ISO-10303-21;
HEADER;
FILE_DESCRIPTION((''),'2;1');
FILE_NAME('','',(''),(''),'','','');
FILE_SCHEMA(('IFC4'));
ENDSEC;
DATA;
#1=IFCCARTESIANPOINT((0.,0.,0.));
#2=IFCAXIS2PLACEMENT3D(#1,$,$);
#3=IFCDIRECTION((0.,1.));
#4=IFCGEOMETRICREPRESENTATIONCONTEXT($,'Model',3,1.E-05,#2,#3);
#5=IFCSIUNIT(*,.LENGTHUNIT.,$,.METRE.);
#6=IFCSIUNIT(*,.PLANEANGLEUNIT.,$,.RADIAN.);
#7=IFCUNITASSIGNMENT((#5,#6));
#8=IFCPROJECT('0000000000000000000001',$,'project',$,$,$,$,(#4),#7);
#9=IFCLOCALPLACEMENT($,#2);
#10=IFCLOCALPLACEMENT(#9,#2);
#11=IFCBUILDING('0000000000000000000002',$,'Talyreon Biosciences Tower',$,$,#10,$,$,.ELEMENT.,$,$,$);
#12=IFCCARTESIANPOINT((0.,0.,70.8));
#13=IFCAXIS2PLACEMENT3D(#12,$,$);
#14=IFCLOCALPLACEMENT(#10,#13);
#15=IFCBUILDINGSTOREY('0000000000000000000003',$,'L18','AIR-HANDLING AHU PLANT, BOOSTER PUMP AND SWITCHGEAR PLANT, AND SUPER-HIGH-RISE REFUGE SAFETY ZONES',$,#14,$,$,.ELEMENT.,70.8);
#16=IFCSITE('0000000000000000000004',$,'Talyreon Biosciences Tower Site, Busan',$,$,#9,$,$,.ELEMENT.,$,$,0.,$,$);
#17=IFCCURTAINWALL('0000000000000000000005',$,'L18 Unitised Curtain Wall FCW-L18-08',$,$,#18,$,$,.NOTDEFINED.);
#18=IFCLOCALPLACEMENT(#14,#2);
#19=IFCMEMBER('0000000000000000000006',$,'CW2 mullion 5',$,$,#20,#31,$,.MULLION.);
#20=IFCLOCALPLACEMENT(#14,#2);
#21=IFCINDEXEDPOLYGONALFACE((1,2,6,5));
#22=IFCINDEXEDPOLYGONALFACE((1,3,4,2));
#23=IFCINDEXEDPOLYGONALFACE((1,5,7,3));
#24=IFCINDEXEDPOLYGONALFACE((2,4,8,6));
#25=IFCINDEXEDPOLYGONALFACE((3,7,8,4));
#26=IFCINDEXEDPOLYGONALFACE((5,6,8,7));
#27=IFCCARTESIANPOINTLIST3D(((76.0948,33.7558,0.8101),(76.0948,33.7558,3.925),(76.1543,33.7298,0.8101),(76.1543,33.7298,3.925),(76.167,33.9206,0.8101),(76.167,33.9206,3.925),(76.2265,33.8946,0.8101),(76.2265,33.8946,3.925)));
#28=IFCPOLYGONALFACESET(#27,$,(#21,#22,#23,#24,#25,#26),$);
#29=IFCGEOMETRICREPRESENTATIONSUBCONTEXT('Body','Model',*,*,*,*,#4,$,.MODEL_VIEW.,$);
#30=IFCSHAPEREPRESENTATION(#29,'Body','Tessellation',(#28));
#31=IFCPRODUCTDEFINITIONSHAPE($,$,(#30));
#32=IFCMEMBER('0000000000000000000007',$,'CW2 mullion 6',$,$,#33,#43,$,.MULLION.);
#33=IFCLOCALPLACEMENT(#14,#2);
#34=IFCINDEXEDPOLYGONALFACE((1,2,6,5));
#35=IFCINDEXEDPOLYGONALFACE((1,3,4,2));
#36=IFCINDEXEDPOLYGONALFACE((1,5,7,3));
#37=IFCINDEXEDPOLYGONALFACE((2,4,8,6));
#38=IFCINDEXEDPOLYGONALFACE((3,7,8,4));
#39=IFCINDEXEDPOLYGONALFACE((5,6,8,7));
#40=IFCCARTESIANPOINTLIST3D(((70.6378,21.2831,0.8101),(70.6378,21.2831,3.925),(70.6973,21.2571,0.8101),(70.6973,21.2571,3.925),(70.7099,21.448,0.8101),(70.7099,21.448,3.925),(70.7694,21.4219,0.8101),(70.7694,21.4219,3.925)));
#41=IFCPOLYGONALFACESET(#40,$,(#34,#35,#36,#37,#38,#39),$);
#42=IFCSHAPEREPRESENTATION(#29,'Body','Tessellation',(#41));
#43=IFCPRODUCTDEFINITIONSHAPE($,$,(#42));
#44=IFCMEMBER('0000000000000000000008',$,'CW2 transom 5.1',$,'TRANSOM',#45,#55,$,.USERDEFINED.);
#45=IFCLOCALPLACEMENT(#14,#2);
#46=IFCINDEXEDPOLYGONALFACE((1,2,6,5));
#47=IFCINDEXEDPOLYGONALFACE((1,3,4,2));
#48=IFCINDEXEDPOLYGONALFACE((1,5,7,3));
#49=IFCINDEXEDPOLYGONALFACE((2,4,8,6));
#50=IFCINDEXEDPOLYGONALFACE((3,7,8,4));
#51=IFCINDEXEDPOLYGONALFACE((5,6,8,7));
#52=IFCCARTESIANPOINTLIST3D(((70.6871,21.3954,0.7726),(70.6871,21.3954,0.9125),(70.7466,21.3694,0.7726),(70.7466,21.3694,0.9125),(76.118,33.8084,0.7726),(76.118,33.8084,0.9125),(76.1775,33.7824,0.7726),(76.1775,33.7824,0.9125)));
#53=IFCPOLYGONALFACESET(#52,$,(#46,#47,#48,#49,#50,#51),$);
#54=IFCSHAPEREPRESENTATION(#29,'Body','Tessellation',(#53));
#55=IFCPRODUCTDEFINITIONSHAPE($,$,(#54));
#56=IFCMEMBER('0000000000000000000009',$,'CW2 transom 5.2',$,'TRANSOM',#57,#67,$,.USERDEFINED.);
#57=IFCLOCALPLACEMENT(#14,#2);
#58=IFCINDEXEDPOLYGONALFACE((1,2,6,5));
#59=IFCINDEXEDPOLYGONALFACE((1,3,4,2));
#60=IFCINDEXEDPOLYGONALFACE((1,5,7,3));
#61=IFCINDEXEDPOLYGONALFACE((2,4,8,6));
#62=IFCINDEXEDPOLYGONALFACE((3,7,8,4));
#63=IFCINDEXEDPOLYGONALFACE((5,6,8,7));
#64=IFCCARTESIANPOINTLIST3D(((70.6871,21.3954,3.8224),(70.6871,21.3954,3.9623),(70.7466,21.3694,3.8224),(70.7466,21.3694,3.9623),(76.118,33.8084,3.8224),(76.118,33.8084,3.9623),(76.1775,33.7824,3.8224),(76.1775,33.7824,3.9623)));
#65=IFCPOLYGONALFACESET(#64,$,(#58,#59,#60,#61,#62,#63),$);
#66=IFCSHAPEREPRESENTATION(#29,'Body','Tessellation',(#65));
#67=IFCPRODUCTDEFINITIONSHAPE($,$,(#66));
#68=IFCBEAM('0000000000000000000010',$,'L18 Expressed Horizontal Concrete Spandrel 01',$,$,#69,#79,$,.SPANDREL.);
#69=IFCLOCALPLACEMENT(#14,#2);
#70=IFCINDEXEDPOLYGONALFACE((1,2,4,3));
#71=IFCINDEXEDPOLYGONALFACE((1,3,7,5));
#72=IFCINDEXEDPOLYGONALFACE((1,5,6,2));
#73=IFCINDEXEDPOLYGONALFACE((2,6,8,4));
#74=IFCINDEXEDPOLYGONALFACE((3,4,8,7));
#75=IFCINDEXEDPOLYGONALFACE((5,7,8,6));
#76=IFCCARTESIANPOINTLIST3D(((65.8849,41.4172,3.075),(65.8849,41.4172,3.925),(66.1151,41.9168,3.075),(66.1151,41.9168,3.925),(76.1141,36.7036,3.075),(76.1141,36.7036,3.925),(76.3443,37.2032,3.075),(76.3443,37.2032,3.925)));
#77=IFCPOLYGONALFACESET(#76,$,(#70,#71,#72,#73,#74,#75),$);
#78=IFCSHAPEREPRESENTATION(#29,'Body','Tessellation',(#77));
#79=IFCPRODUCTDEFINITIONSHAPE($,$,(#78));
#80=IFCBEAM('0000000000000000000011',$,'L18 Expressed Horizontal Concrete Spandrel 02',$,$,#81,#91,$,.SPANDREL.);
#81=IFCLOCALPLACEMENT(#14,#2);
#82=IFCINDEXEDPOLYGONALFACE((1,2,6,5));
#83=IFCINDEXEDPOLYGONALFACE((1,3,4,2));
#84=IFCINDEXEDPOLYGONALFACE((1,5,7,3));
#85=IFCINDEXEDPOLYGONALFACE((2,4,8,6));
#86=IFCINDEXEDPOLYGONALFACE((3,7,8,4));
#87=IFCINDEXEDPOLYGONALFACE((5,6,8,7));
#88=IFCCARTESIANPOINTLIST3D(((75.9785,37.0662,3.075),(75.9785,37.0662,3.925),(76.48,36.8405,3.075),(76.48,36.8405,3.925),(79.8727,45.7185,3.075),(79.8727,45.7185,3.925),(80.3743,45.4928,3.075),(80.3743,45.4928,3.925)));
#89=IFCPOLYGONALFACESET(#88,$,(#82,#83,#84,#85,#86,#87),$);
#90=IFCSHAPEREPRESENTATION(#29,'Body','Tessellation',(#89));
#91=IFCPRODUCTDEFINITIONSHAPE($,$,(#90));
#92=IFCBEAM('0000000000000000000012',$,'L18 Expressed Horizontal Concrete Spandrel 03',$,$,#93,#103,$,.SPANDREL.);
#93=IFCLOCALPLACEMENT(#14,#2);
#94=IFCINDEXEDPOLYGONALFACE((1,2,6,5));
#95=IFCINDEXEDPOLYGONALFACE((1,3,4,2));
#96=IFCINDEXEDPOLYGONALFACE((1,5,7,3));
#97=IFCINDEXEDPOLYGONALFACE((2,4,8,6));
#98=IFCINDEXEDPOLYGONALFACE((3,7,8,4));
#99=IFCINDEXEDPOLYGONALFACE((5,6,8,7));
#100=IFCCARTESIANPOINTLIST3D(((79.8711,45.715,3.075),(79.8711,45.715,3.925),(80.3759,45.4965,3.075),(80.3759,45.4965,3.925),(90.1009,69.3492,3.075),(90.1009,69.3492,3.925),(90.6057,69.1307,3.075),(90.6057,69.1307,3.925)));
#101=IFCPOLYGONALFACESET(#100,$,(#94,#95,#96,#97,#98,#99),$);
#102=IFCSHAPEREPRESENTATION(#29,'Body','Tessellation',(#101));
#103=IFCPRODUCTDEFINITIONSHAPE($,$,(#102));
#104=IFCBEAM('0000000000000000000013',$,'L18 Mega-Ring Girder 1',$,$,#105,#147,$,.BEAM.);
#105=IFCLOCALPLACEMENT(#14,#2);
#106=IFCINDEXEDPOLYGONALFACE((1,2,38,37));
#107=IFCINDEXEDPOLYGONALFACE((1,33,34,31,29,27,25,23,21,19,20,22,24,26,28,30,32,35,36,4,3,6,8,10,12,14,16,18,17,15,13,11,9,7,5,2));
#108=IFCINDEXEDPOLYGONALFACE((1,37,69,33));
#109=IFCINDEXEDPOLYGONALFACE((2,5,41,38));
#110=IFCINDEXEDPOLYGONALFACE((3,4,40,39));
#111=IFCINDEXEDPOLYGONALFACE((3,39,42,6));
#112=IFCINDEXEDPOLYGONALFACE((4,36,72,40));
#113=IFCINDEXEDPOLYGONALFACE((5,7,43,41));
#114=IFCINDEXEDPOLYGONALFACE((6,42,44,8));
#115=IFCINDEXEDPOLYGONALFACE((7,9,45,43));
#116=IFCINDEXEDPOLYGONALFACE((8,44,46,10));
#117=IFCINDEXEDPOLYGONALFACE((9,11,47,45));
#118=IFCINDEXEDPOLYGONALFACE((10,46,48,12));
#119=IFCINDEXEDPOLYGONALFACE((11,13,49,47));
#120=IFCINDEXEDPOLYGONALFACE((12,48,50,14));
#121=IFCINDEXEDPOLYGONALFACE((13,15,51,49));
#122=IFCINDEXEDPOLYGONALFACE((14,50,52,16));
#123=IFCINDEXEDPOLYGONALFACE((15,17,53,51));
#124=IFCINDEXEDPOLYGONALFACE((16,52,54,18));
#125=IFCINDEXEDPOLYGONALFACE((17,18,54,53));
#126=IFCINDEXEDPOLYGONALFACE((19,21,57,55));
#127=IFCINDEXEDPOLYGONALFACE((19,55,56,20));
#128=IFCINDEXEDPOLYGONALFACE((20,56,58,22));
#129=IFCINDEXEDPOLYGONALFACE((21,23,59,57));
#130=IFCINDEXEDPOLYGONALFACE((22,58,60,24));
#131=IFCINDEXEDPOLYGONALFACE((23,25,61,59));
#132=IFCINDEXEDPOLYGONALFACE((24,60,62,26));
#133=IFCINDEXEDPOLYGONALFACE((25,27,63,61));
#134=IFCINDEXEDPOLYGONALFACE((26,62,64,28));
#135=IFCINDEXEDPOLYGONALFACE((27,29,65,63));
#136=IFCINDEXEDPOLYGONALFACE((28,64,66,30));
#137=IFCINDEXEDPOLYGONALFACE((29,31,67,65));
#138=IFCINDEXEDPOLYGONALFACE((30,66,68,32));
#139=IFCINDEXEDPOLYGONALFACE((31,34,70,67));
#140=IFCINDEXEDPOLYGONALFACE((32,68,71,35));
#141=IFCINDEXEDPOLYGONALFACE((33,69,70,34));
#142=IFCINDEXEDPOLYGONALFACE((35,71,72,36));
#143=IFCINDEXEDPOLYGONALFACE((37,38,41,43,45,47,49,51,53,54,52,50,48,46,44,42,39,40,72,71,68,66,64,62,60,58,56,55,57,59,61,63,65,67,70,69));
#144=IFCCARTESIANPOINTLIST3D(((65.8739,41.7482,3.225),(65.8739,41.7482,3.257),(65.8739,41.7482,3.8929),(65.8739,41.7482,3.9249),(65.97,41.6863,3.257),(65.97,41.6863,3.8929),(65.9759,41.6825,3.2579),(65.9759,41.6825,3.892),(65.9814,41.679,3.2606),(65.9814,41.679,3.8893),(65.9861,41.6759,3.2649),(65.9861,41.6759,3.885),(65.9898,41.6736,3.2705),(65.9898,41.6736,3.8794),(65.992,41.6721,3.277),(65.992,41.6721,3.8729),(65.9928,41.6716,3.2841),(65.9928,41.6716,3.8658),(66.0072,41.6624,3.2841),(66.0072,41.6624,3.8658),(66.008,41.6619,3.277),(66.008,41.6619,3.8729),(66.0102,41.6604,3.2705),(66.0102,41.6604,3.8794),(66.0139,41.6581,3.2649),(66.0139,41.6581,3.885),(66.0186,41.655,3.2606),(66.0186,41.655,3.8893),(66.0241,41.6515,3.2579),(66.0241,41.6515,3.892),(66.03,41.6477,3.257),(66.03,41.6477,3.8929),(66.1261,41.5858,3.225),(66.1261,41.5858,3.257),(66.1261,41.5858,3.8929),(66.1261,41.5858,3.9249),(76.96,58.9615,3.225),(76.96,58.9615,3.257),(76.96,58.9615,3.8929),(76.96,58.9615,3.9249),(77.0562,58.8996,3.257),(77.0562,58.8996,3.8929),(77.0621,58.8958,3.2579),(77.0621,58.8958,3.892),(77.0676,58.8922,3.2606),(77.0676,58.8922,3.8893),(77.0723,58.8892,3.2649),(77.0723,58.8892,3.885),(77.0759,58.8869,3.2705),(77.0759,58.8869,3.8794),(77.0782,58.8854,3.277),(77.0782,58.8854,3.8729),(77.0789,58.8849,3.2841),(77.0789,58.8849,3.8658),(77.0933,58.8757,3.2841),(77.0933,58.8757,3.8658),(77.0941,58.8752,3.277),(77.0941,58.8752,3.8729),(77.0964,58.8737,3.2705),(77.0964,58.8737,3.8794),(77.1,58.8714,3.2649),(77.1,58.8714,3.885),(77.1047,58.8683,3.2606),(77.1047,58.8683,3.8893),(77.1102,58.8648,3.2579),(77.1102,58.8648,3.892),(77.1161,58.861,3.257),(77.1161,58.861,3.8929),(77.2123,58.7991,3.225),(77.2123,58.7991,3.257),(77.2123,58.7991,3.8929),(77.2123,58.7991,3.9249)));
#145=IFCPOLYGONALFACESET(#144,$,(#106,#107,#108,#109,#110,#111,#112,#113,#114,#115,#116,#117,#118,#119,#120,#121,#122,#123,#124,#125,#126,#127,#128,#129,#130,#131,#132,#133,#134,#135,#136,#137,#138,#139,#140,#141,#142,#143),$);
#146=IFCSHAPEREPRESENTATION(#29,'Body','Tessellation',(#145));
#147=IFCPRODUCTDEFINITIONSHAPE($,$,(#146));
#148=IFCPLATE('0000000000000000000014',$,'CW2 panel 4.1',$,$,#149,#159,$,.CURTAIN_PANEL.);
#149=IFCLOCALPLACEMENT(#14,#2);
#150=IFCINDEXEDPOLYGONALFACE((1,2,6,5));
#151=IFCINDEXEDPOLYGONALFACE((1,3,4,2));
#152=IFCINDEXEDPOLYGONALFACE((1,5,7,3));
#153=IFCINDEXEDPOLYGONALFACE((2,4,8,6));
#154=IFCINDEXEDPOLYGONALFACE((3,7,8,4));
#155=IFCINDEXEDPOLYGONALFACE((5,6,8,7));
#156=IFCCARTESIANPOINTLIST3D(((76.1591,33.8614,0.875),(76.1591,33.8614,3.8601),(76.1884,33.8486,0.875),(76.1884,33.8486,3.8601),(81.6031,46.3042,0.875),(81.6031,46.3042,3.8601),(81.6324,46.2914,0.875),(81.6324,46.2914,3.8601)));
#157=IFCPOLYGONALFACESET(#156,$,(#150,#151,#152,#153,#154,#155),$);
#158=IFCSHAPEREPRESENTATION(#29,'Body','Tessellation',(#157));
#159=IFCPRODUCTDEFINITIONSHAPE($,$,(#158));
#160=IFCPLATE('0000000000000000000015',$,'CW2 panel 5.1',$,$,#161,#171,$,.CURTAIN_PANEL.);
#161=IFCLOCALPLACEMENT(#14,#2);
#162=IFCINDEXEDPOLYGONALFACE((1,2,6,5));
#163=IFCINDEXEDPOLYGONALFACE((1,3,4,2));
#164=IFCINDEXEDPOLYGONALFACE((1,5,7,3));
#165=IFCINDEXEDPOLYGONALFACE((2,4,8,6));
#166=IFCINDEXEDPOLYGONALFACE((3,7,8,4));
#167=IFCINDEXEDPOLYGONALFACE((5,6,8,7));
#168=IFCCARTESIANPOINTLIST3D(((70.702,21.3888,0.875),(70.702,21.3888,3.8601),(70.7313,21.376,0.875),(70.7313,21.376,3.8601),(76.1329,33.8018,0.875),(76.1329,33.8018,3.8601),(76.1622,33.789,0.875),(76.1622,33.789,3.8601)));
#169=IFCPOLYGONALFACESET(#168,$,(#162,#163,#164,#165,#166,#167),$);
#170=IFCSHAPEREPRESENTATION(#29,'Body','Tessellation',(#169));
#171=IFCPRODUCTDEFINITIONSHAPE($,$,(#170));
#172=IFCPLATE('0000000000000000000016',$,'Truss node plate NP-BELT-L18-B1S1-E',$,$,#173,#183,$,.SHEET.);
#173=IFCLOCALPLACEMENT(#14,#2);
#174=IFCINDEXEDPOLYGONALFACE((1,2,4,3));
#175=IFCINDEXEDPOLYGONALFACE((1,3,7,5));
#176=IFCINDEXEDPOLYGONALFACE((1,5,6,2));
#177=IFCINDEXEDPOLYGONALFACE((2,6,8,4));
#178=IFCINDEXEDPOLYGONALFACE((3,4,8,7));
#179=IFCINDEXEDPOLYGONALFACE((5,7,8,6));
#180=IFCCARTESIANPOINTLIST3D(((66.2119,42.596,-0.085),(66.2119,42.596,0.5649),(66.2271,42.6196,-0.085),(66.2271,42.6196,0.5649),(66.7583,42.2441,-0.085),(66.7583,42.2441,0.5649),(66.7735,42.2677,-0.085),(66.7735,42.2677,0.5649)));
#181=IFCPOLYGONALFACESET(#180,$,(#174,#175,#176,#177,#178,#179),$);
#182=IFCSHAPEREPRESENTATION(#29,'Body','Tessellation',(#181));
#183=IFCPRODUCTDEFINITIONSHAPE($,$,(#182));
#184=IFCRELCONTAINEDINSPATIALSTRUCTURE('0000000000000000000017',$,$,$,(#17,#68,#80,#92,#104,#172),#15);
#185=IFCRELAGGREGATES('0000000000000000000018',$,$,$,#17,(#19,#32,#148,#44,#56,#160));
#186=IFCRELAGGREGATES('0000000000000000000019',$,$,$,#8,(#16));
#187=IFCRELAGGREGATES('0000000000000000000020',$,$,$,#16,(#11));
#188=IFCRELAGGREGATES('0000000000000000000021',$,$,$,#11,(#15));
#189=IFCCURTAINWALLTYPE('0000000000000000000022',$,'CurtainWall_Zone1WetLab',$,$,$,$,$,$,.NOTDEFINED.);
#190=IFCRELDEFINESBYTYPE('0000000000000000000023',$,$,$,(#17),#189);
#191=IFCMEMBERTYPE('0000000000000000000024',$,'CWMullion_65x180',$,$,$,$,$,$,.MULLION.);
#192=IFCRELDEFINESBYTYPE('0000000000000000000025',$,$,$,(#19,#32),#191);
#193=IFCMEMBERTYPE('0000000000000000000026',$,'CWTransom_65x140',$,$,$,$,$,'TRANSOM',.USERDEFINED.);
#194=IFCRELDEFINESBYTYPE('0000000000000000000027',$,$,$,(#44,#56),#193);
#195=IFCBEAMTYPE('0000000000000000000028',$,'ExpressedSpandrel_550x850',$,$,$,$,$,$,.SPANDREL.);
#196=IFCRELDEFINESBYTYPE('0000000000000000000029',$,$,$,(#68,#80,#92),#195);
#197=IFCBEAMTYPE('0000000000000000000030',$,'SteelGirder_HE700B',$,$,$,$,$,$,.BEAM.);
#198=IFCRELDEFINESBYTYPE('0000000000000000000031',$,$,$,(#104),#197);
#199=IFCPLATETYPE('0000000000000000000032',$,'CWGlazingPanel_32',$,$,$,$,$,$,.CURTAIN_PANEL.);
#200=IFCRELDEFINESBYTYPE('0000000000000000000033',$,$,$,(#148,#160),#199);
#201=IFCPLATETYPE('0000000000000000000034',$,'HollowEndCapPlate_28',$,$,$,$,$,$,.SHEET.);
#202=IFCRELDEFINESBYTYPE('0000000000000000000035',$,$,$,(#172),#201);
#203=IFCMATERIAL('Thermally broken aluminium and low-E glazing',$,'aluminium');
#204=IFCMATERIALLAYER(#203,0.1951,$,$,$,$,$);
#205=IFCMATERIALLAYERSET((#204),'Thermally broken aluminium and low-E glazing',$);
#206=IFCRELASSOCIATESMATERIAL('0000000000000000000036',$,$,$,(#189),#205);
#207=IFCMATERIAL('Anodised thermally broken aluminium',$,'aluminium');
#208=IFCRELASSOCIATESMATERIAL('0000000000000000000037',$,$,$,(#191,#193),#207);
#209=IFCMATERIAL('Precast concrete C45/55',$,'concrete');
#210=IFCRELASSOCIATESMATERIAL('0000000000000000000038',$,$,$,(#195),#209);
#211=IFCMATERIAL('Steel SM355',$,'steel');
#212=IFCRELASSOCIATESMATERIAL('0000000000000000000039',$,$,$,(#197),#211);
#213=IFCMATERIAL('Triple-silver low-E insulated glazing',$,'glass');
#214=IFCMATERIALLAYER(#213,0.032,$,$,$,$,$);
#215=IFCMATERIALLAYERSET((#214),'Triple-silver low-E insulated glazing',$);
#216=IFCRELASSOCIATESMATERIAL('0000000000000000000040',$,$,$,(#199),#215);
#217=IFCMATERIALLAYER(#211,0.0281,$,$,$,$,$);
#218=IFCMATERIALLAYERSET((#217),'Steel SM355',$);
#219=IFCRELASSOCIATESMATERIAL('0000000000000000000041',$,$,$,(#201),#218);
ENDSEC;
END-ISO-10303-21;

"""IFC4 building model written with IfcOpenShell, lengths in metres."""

from ifc_helpers import new_model, si_unit, direction, frame, origin, origin_2d, place, context, subcontext, project, spatial, rectangle, i_section, extrude, material, layer, layer_set, material_profile, profile_set, type_object, element, aggregate, save


model = new_model("IFC4")

# Units and contexts
model_context = context("Model", 3, precision=1e-05, world=origin(), true_north=direction((0.0, 1.0)))
body_context = subcontext(model_context, "Body", "Model", "MODEL_VIEW")
ifc_project = project(units=[si_unit("LENGTHUNIT", "METRE"), si_unit("PLANEANGLEUNIT", "RADIAN")], contexts=[model_context])

# Site, building, storey
site_placement = place(None, origin())
site = spatial("IfcSite", under=ifc_project, at=site_placement, Name="Talyreon Biosciences Tower Site, Busan", CompositionType="ELEMENT", RefElevation=0.0)
building_placement = place(site_placement, origin())
building = spatial("IfcBuilding", under=site, at=building_placement, Name="Talyreon Biosciences Tower", CompositionType="ELEMENT")
storey_placement = place(building_placement, frame((0.0, 0.0, 70.8)))
storey = spatial("IfcBuildingStorey", under=building, at=storey_placement, Name="L18", Description="AIR-HANDLING AHU PLANT, BOOSTER PUMP AND SWITCHGEAR PLANT, AND SUPER-HIGH-RISE REFUGE SAFETY ZONES", CompositionType="ELEMENT", Elevation=70.8)

# Shared definitions
ifc_material_1 = material(Name="Precast concrete C45/55", Category="concrete")

# Shared definitions
ifc_material_2 = material(Name="Steel SM355", Category="steel")

# Curtain wall, members
ifc_material_3 = material(Name="Thermally broken aluminium and low-E glazing", Category="aluminium")
ifc_layer_1 = layer(ifc_material_3, 0.1951)
ifc_layer_set_1 = layer_set([ifc_layer_1], Name="Thermally broken aluminium and low-E glazing")
curtain_wall_type = type_object("IfcCurtainWallType", Name="CurtainWall_Zone1WetLab", PredefinedType="NOTDEFINED", material=ifc_layer_set_1)
curtain_wall_placement = place(storey_placement, origin())
curtain_wall = element("IfcCurtainWall", 1, at=curtain_wall_placement, inside=storey, type_object=curtain_wall_type, Name="L18 Unitised Curtain Wall FCW-L18-08", PredefinedType="NOTDEFINED")
ifc_material_4 = material(Name="Anodised thermally broken aluminium", Category="aluminium")
ifc_material_profile_1 = material_profile(ifc_material_4, rectangle(XDim=0.0649, YDim=0.1799, at=origin_2d()), Name="ALUM MULLION 65x180")
ifc_profile_set_1 = profile_set([ifc_material_profile_1], Name="Anodised thermally broken aluminium")
member_type_1 = type_object("IfcMemberType", Name="CWMullion_65x180", PredefinedType="MULLION", material=ifc_profile_set_1)
member_1_placement = place(storey_placement, frame((76.1606, 33.8252, 0.8101), z_axis=(0.0, 0.0, 1.0), x_axis=(0.916152, -0.400831, 0.0)))
member_1 = element("IfcMember", 2, at=member_1_placement, type_object=member_type_1, Name="CW2 mullion 5", PredefinedType="MULLION", context=body_context, shape_type="SweptSolid", body=[
    extrude(rectangle(XDim=0.0649, YDim=0.1799, at=origin_2d()), origin(), (0.0, 0.0, 1.0), 3.115),
])
member_2_placement = place(storey_placement, frame((70.7036, 21.3525, 0.8101), z_axis=(0.0, 0.0, 1.0), x_axis=(0.916152, -0.400831, 0.0)))
member_2 = element("IfcMember", 3, at=member_2_placement, type_object=member_type_1, Name="CW2 mullion 6", PredefinedType="MULLION", context=body_context, shape_type="SweptSolid", body=[
    extrude(rectangle(XDim=0.0649, YDim=0.1799, at=origin_2d()), origin(), (0.0, 0.0, 1.0), 3.115),
])
ifc_material_profile_2 = material_profile(ifc_material_4, rectangle(XDim=0.0649, YDim=0.1399, at=origin_2d()), Name="ALUM TRANSOM 65x140")
ifc_profile_set_2 = profile_set([ifc_material_profile_2], Name="Anodised thermally broken aluminium")
member_type_2 = type_object("IfcMemberType", Name="CWTransom_65x140", ElementType="TRANSOM", PredefinedType="USERDEFINED", material=ifc_profile_set_2)
member_3_placement = place(storey_placement, frame((76.1477, 33.7954, 0.8425), z_axis=(-0.40083, -0.916152, 0.0), x_axis=(0.916152, -0.40083, 0.0)))
member_3 = element("IfcMember", 4, at=member_3_placement, type_object=member_type_2, Name="CW2 transom 5.1", ObjectType="TRANSOM", PredefinedType="USERDEFINED", context=body_context, shape_type="SweptSolid", body=[
    extrude(rectangle(XDim=0.0649, YDim=0.1399, at=origin_2d()), origin(), (0.0, 0.0, 1.0), 13.5491),
])
member_4_placement = place(storey_placement, frame((76.1477, 33.7954, 3.8923), z_axis=(-0.40083, -0.916152, 0.0), x_axis=(0.916152, -0.40083, 0.0)))
member_4 = element("IfcMember", 5, at=member_4_placement, type_object=member_type_2, Name="CW2 transom 5.2", ObjectType="TRANSOM", PredefinedType="USERDEFINED", context=body_context, shape_type="SweptSolid", body=[
    extrude(rectangle(XDim=0.0649, YDim=0.1399, at=origin_2d()), origin(), (0.0, 0.0, 1.0), 13.5491),
])

# Beams
ifc_material_profile_3 = material_profile(ifc_material_1, rectangle(XDim=0.55, YDim=0.8501, at=origin_2d()), Name="RCB 550x850")
ifc_profile_set_3 = profile_set([ifc_material_profile_3], Name="Precast concrete C45/55")
beam_type_1 = type_object("IfcBeamType", Name="ExpressedSpandrel_550x850", PredefinedType="SPANDREL", material=ifc_profile_set_3)
beam_1_placement = place(storey_placement, frame((66.0, 41.667, 3.5), z_axis=(0.908215, -0.418504, 0.0), x_axis=(0.418504, 0.908215, 0.0)))
element("IfcBeam", 6, at=beam_1_placement, inside=storey, type_object=beam_type_1, Name="L18 Expressed Horizontal Concrete Spandrel 01", PredefinedType="SPANDREL", context=body_context, shape_type="SweptSolid", body=[
    extrude(rectangle(XDim=0.55, YDim=0.8501, at=origin_2d()), origin(), (0.0, 0.0, 1.0), 11.2629),
])
beam_2_placement = place(storey_placement, frame((76.2292, 36.9534, 3.5), z_axis=(0.410429, 0.911893, 0.0), x_axis=(-0.911893, 0.410429, 0.0)))
element("IfcBeam", 7, at=beam_2_placement, inside=storey, type_object=beam_type_1, Name="L18 Expressed Horizontal Concrete Spandrel 02", PredefinedType="SPANDREL", context=body_context, shape_type="SweptSolid", body=[
    extrude(rectangle(XDim=0.55, YDim=0.8501, at=origin_2d()), origin(), (0.0, 0.0, 1.0), 9.4883),
])
beam_3_placement = place(storey_placement, frame((80.1235, 45.6057, 3.5), z_axis=(0.397222, 0.917722, 0.0), x_axis=(-0.917722, 0.397222, 0.0)))
element("IfcBeam", 8, at=beam_3_placement, inside=storey, type_object=beam_type_1, Name="L18 Expressed Horizontal Concrete Spandrel 03", PredefinedType="SPANDREL", context=body_context, shape_type="SweptSolid", body=[
    extrude(rectangle(XDim=0.55, YDim=0.8501, at=origin_2d()), origin(), (0.0, 0.0, 1.0), 25.7532),
])
ifc_material_profile_4 = material_profile(ifc_material_2, i_section(OverallWidth=0.3, OverallDepth=0.7, WebThickness=0.0171, FlangeThickness=0.032, FilletRadius=0.0271, at=origin_2d()), Name="HE700B")
ifc_profile_set_4 = profile_set([ifc_material_profile_4], Name="Steel SM355")
beam_type_2 = type_object("IfcBeamType", Name="SteelGirder_HE700B", PredefinedType="BEAM", material=ifc_profile_set_4)
beam_4_placement = place(storey_placement, frame((66.0, 41.667, 3.575), z_axis=(0.541464, 0.840724, 0.0), x_axis=(-0.840724, 0.541464, 0.0)))
element("IfcBeam", 9, at=beam_4_placement, inside=storey, type_object=beam_type_2, Name="L18 Mega-Ring Girder 1", PredefinedType="BEAM", context=body_context, shape_type="SweptSolid", body=[
    extrude(i_section(OverallWidth=0.3, OverallDepth=0.7, WebThickness=0.0171, FlangeThickness=0.032, FilletRadius=0.0271, at=origin_2d()), origin(), (0.0, 0.0, 1.0), 20.4744),
])

# Plates
ifc_material_5 = material(Name="Triple-silver low-E insulated glazing", Category="glass")
ifc_layer_2 = layer(ifc_material_5, 0.032)
ifc_layer_set_2 = layer_set([ifc_layer_2], Name="Triple-silver low-E insulated glazing")
plate_type_1 = type_object("IfcPlateType", Name="CWGlazingPanel_32", PredefinedType="CURTAIN_PANEL", material=ifc_layer_set_2)
plate_1_placement = place(storey_placement, frame((78.8958, 40.0764, 0.875), z_axis=(0.0, 0.0, 1.0), x_axis=(-0.400831, -0.916152, 0.0)))
plate_1 = element("IfcPlate", 10, at=plate_1_placement, type_object=plate_type_1, Name="CW2 panel 4.1", PredefinedType="CURTAIN_PANEL", context=body_context, shape_type="SweptSolid", body=[
    extrude(rectangle(XDim=13.5815, YDim=0.032, at=origin_2d()), origin(), (0.0, 0.0, 1.0), 2.9851),
])
plate_2_placement = place(storey_placement, frame((73.4321, 27.5889, 0.875), z_axis=(0.0, 0.0, 1.0), x_axis=(-0.400831, -0.916152, 0.0)))
plate_2 = element("IfcPlate", 11, at=plate_2_placement, type_object=plate_type_1, Name="CW2 panel 5.1", PredefinedType="CURTAIN_PANEL", context=body_context, shape_type="SweptSolid", body=[
    extrude(rectangle(XDim=13.5491, YDim=0.032, at=origin_2d()), origin(), (0.0, 0.0, 1.0), 2.9851),
])
aggregate(curtain_wall, [member_1, member_2, plate_1, member_3, member_4, plate_2])
ifc_layer_3 = layer(ifc_material_2, 0.0281)
ifc_layer_set_3 = layer_set([ifc_layer_3], Name="Steel SM355")
plate_type_2 = type_object("IfcPlateType", Name="HollowEndCapPlate_28", PredefinedType="SHEET", material=ifc_layer_set_3)
plate_3_placement = place(storey_placement, frame((66.4927, 42.4319, -0.085), z_axis=(0.0, 0.0, 1.0), x_axis=(-0.840727, 0.541459, 0.0)))
element("IfcPlate", 12, at=plate_3_placement, inside=storey, type_object=plate_type_2, Name="Truss node plate NP-BELT-L18-B1S1-E", PredefinedType="SHEET", context=body_context, shape_type="SweptSolid", body=[
    extrude(rectangle(XDim=0.6499, YDim=0.0281, at=origin_2d()), origin(), (0.0, 0.0, 1.0), 0.6499),
])

save(model, "model.ifc")
